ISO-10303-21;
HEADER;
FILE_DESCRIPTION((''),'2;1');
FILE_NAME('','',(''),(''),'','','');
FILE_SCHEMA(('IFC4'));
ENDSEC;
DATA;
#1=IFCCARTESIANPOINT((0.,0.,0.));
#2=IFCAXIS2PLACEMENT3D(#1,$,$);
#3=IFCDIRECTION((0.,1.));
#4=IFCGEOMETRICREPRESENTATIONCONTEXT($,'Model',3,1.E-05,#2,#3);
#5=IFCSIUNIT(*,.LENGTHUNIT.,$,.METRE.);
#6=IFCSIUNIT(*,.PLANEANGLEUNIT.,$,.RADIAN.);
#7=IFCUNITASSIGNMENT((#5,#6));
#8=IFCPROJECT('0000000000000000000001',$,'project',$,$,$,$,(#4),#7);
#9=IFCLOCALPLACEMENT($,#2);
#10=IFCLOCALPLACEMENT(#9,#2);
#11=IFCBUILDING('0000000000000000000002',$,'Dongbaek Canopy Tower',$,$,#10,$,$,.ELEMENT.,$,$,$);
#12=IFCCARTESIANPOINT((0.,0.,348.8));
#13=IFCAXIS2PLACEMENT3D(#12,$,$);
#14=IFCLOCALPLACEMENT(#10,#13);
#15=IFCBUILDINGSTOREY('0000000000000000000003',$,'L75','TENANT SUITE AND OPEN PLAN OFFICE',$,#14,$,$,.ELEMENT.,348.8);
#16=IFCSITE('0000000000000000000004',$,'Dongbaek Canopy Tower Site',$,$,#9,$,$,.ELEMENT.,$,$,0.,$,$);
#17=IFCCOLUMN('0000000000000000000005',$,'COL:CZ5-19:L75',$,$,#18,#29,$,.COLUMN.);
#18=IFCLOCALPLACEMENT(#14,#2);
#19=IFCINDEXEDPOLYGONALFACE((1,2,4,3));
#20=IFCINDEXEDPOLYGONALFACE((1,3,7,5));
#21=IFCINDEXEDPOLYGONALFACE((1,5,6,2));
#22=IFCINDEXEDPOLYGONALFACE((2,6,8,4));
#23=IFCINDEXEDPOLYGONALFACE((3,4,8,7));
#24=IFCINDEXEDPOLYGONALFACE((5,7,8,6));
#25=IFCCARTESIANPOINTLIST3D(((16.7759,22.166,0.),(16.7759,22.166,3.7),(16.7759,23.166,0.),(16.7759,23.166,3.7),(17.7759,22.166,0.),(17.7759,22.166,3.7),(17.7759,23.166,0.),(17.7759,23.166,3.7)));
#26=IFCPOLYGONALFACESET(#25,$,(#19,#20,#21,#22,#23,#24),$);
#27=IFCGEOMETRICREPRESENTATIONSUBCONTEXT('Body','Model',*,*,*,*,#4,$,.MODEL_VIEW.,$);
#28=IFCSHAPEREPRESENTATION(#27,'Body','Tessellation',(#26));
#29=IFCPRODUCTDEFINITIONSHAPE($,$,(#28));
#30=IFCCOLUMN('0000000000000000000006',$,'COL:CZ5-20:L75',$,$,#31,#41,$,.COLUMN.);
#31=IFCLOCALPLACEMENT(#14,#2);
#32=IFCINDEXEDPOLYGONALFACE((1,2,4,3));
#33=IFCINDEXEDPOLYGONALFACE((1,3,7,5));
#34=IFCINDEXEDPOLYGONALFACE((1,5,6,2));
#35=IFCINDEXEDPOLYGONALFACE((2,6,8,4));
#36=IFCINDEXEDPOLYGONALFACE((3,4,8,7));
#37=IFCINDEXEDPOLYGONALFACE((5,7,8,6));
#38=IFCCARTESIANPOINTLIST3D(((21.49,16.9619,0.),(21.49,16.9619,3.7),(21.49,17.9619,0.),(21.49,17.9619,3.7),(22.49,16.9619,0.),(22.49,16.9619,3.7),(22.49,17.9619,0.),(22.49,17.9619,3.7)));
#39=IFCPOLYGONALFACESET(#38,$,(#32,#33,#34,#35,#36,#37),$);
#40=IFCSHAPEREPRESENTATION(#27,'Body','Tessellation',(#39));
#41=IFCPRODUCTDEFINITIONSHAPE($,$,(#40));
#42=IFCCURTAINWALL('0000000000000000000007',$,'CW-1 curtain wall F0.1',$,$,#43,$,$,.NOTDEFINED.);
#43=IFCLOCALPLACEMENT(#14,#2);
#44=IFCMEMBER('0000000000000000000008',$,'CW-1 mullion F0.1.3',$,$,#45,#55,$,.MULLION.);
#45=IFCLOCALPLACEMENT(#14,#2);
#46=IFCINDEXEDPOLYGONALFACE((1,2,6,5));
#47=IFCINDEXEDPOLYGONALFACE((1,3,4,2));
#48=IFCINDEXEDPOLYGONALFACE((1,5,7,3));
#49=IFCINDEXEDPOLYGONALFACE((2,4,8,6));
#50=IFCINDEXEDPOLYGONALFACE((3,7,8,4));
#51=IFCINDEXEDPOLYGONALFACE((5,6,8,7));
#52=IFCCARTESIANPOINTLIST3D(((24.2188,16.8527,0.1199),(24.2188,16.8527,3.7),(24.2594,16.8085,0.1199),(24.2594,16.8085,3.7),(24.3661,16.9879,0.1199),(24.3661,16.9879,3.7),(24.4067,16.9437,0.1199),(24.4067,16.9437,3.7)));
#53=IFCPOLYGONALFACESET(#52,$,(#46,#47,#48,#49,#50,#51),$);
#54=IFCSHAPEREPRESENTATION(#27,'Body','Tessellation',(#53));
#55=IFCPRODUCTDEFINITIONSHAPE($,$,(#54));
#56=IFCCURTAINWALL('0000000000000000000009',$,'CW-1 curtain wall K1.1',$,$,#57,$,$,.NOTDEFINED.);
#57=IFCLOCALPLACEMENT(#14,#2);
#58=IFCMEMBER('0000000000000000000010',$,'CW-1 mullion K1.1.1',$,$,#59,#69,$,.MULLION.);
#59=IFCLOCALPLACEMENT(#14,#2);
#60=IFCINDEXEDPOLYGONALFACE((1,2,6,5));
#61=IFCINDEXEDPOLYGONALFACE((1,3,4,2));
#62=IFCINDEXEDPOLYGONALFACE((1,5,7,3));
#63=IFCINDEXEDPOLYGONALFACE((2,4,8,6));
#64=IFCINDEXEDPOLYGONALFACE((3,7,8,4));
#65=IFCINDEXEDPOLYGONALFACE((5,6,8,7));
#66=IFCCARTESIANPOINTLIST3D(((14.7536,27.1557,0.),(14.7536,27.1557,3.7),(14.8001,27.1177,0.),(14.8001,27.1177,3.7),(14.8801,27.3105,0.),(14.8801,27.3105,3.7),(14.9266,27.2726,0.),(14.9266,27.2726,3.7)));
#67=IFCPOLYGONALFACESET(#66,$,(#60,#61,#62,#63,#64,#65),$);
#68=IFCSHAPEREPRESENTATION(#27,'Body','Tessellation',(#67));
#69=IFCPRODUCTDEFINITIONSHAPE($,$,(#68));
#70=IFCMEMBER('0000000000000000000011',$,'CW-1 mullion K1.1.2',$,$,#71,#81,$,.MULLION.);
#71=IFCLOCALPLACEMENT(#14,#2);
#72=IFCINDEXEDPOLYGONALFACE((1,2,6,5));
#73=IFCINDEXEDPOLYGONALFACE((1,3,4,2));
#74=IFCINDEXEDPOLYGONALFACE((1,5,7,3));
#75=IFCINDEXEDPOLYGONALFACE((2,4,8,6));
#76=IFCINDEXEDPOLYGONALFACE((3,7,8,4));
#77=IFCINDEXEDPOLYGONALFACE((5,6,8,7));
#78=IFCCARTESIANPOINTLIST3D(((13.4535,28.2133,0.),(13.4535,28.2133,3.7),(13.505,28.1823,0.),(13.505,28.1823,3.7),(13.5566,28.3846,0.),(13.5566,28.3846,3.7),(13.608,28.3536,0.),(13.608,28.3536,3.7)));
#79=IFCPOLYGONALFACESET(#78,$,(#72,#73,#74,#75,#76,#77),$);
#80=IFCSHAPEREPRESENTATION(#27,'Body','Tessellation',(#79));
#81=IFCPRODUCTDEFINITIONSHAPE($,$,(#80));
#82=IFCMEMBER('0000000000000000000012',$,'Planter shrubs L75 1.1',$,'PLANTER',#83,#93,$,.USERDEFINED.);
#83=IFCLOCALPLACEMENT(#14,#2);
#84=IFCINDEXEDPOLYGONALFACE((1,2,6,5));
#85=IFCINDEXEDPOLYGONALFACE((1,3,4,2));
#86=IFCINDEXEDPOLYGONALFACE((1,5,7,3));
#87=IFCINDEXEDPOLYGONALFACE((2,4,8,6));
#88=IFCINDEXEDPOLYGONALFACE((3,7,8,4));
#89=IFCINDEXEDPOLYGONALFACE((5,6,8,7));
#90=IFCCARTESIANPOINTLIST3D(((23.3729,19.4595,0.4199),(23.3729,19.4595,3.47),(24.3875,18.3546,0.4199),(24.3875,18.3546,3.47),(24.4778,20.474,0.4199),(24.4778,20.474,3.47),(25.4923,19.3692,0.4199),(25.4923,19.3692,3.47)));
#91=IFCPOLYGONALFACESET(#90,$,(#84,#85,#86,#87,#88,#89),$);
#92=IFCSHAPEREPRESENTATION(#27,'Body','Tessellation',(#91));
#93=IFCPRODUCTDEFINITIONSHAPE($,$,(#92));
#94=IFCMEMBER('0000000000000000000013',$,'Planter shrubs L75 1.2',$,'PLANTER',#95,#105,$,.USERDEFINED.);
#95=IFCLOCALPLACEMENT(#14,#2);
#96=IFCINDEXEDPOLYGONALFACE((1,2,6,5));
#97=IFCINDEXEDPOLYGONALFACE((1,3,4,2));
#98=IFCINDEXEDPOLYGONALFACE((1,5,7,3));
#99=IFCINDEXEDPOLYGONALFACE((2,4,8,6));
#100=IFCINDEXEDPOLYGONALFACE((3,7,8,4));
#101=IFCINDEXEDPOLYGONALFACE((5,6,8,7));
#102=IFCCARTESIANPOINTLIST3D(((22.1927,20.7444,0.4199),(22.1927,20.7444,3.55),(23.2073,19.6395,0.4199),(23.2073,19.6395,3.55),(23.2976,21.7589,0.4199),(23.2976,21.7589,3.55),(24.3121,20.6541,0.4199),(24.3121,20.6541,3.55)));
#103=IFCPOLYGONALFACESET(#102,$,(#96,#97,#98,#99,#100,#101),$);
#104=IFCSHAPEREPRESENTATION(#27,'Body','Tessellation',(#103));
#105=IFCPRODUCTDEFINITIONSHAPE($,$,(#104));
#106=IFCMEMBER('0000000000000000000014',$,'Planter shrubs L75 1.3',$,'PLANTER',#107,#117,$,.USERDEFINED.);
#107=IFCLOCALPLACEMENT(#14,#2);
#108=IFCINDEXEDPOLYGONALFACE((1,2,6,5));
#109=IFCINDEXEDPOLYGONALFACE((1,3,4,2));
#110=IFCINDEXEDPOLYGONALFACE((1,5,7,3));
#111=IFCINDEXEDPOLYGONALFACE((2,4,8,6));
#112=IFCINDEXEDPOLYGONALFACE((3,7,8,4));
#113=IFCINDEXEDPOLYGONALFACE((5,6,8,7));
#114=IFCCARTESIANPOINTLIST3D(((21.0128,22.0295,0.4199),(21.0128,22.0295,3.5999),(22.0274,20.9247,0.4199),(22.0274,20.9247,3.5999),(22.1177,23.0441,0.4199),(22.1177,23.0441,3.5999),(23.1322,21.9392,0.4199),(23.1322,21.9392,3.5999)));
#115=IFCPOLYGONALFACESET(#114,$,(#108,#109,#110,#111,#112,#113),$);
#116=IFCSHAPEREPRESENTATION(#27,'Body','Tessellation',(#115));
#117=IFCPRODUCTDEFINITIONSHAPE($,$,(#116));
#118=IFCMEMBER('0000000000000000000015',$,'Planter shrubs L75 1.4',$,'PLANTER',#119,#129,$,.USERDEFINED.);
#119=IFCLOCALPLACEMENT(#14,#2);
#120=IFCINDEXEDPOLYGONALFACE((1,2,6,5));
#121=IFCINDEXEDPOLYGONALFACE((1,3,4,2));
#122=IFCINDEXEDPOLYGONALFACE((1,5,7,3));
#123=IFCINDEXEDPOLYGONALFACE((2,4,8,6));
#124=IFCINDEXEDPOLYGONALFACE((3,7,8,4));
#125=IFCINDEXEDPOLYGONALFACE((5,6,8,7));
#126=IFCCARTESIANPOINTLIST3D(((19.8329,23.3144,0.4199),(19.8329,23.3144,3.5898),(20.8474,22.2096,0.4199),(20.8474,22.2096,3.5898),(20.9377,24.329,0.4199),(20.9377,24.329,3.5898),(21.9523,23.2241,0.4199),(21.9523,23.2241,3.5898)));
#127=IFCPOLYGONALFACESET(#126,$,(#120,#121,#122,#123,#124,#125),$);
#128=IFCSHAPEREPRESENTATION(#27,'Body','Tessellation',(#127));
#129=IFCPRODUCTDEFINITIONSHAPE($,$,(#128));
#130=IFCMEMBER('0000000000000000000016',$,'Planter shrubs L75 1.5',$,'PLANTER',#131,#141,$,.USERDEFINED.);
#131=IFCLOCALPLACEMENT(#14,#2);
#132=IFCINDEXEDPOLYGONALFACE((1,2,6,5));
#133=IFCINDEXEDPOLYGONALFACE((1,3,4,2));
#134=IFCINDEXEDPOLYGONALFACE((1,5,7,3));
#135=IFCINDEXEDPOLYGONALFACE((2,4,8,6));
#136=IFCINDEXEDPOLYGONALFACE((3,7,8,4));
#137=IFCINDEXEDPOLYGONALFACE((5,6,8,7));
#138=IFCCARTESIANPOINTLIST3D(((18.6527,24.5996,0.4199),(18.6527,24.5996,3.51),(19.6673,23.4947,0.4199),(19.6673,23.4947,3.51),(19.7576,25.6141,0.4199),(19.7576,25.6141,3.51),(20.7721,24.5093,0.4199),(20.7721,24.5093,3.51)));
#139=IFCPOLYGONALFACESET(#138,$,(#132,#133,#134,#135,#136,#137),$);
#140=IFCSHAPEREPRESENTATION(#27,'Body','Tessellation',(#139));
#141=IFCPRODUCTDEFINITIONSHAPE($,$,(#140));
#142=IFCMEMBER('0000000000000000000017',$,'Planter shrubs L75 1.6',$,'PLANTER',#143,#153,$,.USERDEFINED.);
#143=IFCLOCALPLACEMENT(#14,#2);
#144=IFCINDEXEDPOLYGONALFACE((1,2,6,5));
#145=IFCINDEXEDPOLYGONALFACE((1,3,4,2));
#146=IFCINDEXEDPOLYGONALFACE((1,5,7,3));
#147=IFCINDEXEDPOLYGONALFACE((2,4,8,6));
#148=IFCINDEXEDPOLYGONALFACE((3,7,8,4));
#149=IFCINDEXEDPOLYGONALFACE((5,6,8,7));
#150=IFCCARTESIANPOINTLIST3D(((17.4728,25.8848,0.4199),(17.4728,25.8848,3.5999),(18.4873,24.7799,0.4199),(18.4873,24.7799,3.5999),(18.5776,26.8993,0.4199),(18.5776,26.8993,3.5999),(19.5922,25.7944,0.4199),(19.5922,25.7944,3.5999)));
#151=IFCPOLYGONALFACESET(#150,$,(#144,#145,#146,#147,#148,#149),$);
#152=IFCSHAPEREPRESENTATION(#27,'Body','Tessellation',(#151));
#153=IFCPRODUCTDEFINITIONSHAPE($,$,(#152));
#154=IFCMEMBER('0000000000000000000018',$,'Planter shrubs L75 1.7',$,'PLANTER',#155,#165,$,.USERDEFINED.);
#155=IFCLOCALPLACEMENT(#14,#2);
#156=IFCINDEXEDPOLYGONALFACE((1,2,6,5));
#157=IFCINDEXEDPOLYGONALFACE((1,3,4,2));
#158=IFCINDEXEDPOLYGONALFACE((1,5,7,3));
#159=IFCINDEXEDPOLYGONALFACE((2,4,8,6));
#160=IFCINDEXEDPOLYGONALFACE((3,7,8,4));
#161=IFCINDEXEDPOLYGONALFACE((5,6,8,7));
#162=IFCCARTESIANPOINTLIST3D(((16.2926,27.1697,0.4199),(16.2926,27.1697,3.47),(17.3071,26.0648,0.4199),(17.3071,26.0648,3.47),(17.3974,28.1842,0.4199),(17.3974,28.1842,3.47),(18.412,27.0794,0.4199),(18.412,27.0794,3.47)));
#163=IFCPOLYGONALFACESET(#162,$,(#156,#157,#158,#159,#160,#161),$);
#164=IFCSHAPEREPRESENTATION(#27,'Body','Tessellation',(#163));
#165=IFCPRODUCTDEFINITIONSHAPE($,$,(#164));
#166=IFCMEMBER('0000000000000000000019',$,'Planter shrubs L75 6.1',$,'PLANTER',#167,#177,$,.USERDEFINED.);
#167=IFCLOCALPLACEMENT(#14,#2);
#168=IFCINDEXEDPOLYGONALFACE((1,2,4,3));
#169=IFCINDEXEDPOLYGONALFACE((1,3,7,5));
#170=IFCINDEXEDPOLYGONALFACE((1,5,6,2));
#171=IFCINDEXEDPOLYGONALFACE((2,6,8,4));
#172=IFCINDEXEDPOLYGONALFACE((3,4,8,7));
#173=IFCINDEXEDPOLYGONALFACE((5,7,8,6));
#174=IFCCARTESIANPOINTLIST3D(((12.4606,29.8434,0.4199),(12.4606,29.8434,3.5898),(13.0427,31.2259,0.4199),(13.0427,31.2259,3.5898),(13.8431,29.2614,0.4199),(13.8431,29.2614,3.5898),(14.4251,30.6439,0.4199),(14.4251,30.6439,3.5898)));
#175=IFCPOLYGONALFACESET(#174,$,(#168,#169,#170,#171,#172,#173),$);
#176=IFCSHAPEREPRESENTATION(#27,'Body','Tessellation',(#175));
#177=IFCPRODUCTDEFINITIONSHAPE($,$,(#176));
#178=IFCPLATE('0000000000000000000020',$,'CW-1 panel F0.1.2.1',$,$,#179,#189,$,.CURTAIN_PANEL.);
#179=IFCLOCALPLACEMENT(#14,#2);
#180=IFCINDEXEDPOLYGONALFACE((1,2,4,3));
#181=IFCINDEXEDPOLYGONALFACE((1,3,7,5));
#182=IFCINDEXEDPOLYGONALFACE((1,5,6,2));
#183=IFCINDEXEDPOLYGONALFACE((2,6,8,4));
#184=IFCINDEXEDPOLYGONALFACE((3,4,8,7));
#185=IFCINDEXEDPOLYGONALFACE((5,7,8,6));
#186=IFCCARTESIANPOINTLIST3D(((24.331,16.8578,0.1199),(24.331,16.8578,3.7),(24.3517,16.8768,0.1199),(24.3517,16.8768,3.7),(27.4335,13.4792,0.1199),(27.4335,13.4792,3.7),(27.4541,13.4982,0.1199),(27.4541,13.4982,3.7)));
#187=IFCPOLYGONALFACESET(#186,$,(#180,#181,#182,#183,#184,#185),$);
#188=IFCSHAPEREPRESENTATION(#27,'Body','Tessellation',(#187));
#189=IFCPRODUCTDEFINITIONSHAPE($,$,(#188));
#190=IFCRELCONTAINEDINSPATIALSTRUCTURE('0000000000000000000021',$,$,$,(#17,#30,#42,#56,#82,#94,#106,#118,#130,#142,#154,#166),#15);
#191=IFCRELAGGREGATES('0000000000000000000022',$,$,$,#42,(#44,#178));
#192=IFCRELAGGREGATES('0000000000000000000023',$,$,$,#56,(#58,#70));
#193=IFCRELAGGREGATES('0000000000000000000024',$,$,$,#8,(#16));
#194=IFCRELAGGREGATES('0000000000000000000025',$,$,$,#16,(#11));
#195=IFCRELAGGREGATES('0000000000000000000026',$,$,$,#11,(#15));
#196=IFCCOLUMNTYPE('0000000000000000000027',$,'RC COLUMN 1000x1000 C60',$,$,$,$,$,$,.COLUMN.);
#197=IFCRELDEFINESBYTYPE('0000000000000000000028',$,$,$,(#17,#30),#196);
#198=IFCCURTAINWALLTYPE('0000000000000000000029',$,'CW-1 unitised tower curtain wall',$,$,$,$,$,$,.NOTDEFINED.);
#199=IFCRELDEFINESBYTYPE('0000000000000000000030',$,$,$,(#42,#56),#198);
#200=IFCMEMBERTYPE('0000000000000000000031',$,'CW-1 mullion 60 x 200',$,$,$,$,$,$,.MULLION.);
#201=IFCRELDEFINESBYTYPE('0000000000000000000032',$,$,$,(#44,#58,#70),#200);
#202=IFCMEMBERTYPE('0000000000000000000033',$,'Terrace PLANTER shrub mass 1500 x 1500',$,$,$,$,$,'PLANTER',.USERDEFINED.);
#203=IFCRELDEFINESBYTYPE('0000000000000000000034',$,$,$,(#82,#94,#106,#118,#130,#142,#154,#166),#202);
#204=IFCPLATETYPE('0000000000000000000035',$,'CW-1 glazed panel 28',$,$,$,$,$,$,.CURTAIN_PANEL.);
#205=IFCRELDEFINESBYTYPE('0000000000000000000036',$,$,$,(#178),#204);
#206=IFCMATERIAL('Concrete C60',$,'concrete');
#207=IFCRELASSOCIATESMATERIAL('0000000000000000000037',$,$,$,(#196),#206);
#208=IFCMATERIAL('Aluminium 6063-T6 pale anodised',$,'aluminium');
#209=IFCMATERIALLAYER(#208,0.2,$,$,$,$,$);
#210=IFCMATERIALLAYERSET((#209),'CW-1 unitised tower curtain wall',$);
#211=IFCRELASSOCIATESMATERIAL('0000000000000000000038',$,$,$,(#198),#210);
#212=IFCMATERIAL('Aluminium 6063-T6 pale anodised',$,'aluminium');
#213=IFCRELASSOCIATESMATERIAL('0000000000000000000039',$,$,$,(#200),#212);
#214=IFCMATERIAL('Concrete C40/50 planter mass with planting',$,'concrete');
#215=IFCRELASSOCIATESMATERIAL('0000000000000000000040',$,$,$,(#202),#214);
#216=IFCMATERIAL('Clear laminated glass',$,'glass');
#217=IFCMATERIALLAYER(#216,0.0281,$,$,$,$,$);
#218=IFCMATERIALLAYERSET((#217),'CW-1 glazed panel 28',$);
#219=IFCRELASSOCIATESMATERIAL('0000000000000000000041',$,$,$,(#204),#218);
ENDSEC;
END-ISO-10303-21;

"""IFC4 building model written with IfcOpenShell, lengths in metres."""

from ifc_helpers import new_model, si_unit, direction, frame, origin, origin_2d, place, context, subcontext, project, spatial, rectangle, extrude, material, layer, layer_set, material_profile, profile_set, type_object, element, aggregate, save


model = new_model("IFC4")

# Units and contexts
model_context = context("Model", 3, precision=1e-05, world=origin(), true_north=direction((0.0, 1.0)))
body_context = subcontext(model_context, "Body", "Model", "MODEL_VIEW")
ifc_project = project(units=[si_unit("LENGTHUNIT", "METRE"), si_unit("PLANEANGLEUNIT", "RADIAN")], contexts=[model_context])

# Site, building, storey
site_placement = place(None, origin())
site = spatial("IfcSite", under=ifc_project, at=site_placement, Name="Dongbaek Canopy Tower Site", CompositionType="ELEMENT", RefElevation=0.0)
building_placement = place(site_placement, origin())
building = spatial("IfcBuilding", under=site, at=building_placement, Name="Dongbaek Canopy Tower", CompositionType="ELEMENT")
storey_placement = place(building_placement, frame((0.0, 0.0, 348.8)))
storey = spatial("IfcBuildingStorey", under=building, at=storey_placement, Name="L75", Description="TENANT SUITE AND OPEN PLAN OFFICE", CompositionType="ELEMENT", Elevation=348.8)

# Columns
ifc_material_1 = material(Name="Concrete C60", Category="concrete")
ifc_material_profile_1 = material_profile(ifc_material_1, rectangle(XDim=1.0, YDim=1.0, at=origin_2d()), Name="RC COLUMN 1000x1000 C60")
ifc_profile_set_1 = profile_set([ifc_material_profile_1], Name="Concrete C60")
column_type = type_object("IfcColumnType", Name="RC COLUMN 1000x1000 C60", PredefinedType="COLUMN", material=ifc_profile_set_1)
for number, where, z_axis, x_axis, name in (
    (1, (17.2759, 22.666, 0.0), (0.0, 0.0, 1.0), (1.0, 0.0, 0.0), "COL:CZ5-19:L75"),
    (2, (21.99, 17.4619, 0.0), (0.0, 0.0, 1.0), (1.0, 0.0, 0.0), "COL:CZ5-20:L75"),
):
    element("IfcColumn", number, at=place(storey_placement, frame(where, z_axis=z_axis, x_axis=x_axis)), inside=storey, type_object=column_type, Name=name, PredefinedType="COLUMN", context=body_context, shape_type="SweptSolid", body=[
        extrude(rectangle(XDim=1.0, YDim=1.0, at=origin_2d()), origin(), (0.0, 0.0, 1.0), 3.7),
    ])

# Curtain wall, member
ifc_material_2 = material(Name="Aluminium 6063-T6 pale anodised", Category="aluminium")
ifc_layer_1 = layer(ifc_material_2, 0.2)
ifc_layer_set_1 = layer_set([ifc_layer_1], Name="CW-1 unitised tower curtain wall")
curtain_wall_type = type_object("IfcCurtainWallType", Name="CW-1 unitised tower curtain wall", PredefinedType="NOTDEFINED", material=ifc_layer_set_1)
curtain_wall_1_placement = place(storey_placement, origin())
curtain_wall_1 = element("IfcCurtainWall", 3, at=curtain_wall_1_placement, inside=storey, type_object=curtain_wall_type, Name="CW-1 curtain wall F0.1", PredefinedType="NOTDEFINED")
ifc_material_3 = material(Name="Aluminium 6063-T6 pale anodised", Category="aluminium")
ifc_material_profile_2 = material_profile(ifc_material_3, rectangle(XDim=0.2, YDim=0.0601, at=origin_2d()), Name="CW-1 mullion 60 x 200")
ifc_profile_set_2 = profile_set([ifc_material_profile_2], Name="Aluminium 6063-T6 pale anodised")
member_type_1 = type_object("IfcMemberType", Name="CW-1 mullion 60 x 200", PredefinedType="MULLION", material=ifc_profile_set_2)
member_1_placement = place(storey_placement, frame((24.3127, 16.8982, 0.1199), z_axis=(0.0, 0.0, 1.0), x_axis=(0.736567, 0.676365, 0.0)))
member_1 = element("IfcMember", 4, at=member_1_placement, type_object=member_type_1, Name="CW-1 mullion F0.1.3", PredefinedType="MULLION", context=body_context, shape_type="SweptSolid", body=[
    extrude(rectangle(XDim=0.2, YDim=0.0601, at=origin_2d()), origin(), (0.0, 0.0, 1.0), 3.5801),
])

# Curtain wall, members
curtain_wall_2_placement = place(storey_placement, origin())
curtain_wall_2 = element("IfcCurtainWall", 5, at=curtain_wall_2_placement, inside=storey, type_object=curtain_wall_type, Name="CW-1 curtain wall K1.1", PredefinedType="NOTDEFINED")
member_2_placement = place(storey_placement, frame((14.8401, 27.2141, 0.0), z_axis=(0.0, 0.0, 1.0), x_axis=(0.63253, 0.774536, 0.0)))
member_2 = element("IfcMember", 6, at=member_2_placement, type_object=member_type_1, Name="CW-1 mullion K1.1.1", PredefinedType="MULLION", context=body_context, shape_type="SweptSolid", body=[
    extrude(rectangle(XDim=0.2, YDim=0.0601, at=origin_2d()), origin(), (0.0, 0.0, 1.0), 3.7),
])
member_3_placement = place(storey_placement, frame((13.5308, 28.2834, 0.0), z_axis=(0.0, 0.0, 1.0), x_axis=(0.515551, 0.856859, 0.0)))
member_3 = element("IfcMember", 7, at=member_3_placement, type_object=member_type_1, Name="CW-1 mullion K1.1.2", PredefinedType="MULLION", context=body_context, shape_type="SweptSolid", body=[
    extrude(rectangle(XDim=0.2, YDim=0.0601, at=origin_2d()), origin(), (0.0, 0.0, 1.0), 3.7),
])

# Members
ifc_material_4 = material(Name="Concrete C40/50 planter mass with planting", Category="concrete")
ifc_material_profile_3 = material_profile(ifc_material_4, rectangle(XDim=1.5, YDim=1.5, at=origin_2d()), Name="Terrace PLANTER shrub mass 1500 x 1500")
ifc_profile_set_3 = profile_set([ifc_material_profile_3], Name="Concrete C40/50 planter mass with planting")
member_type_2 = type_object("IfcMemberType", Name="Terrace PLANTER shrub mass 1500 x 1500", ElementType="PLANTER", PredefinedType="USERDEFINED", material=ifc_profile_set_3)
member_4_placement = place(storey_placement, frame((24.4326, 19.4143, 0.4199), z_axis=(0.0, 0.0, 1.0), x_axis=(0.736567, 0.676365, 0.0)))
element("IfcMember", 8, at=member_4_placement, inside=storey, type_object=member_type_2, Name="Planter shrubs L75 1.1", ObjectType="PLANTER", PredefinedType="USERDEFINED", context=body_context, shape_type="SweptSolid", body=[
    extrude(rectangle(XDim=1.5, YDim=1.5, at=origin_2d()), origin(), (0.0, 0.0, 1.0), 3.05),
])
member_5_placement = place(storey_placement, frame((23.2524, 20.6992, 0.4199), z_axis=(0.0, 0.0, 1.0), x_axis=(0.736567, 0.676365, 0.0)))
element("IfcMember", 9, at=member_5_placement, inside=storey, type_object=member_type_2, Name="Planter shrubs L75 1.2", ObjectType="PLANTER", PredefinedType="USERDEFINED", context=body_context, shape_type="SweptSolid", body=[
    extrude(rectangle(XDim=1.5, YDim=1.5, at=origin_2d()), origin(), (0.0, 0.0, 1.0), 3.1301),
])
member_6_placement = place(storey_placement, frame((22.0725, 21.9844, 0.4199), z_axis=(0.0, 0.0, 1.0), x_axis=(0.736567, 0.676365, 0.0)))
element("IfcMember", 10, at=member_6_placement, inside=storey, type_object=member_type_2, Name="Planter shrubs L75 1.3", ObjectType="PLANTER", PredefinedType="USERDEFINED", context=body_context, shape_type="SweptSolid", body=[
    extrude(rectangle(XDim=1.5, YDim=1.5, at=origin_2d()), origin(), (0.0, 0.0, 1.0), 3.1799),
])
member_7_placement = place(storey_placement, frame((20.8926, 23.2693, 0.4199), z_axis=(0.0, 0.0, 1.0), x_axis=(0.736567, 0.676365, 0.0)))
element("IfcMember", 11, at=member_7_placement, inside=storey, type_object=member_type_2, Name="Planter shrubs L75 1.4", ObjectType="PLANTER", PredefinedType="USERDEFINED", context=body_context, shape_type="SweptSolid", body=[
    extrude(rectangle(XDim=1.5, YDim=1.5, at=origin_2d()), origin(), (0.0, 0.0, 1.0), 3.1699),
])
member_8_placement = place(storey_placement, frame((19.7124, 24.5544, 0.4199), z_axis=(0.0, 0.0, 1.0), x_axis=(0.736567, 0.676365, 0.0)))
element("IfcMember", 12, at=member_8_placement, inside=storey, type_object=member_type_2, Name="Planter shrubs L75 1.5", ObjectType="PLANTER", PredefinedType="USERDEFINED", context=body_context, shape_type="SweptSolid", body=[
    extrude(rectangle(XDim=1.5, YDim=1.5, at=origin_2d()), origin(), (0.0, 0.0, 1.0), 3.0901),
])
member_9_placement = place(storey_placement, frame((18.5325, 25.8396, 0.4199), z_axis=(0.0, 0.0, 1.0), x_axis=(0.736567, 0.676365, 0.0)))
element("IfcMember", 13, at=member_9_placement, inside=storey, type_object=member_type_2, Name="Planter shrubs L75 1.6", ObjectType="PLANTER", PredefinedType="USERDEFINED", context=body_context, shape_type="SweptSolid", body=[
    extrude(rectangle(XDim=1.5, YDim=1.5, at=origin_2d()), origin(), (0.0, 0.0, 1.0), 3.1799),
])
member_10_placement = place(storey_placement, frame((17.3523, 27.1245, 0.4199), z_axis=(0.0, 0.0, 1.0), x_axis=(0.736567, 0.676365, 0.0)))
element("IfcMember", 14, at=member_10_placement, inside=storey, type_object=member_type_2, Name="Planter shrubs L75 1.7", ObjectType="PLANTER", PredefinedType="USERDEFINED", context=body_context, shape_type="SweptSolid", body=[
    extrude(rectangle(XDim=1.5, YDim=1.5, at=origin_2d()), origin(), (0.0, 0.0, 1.0), 3.05),
])
member_11_placement = place(storey_placement, frame((13.4429, 30.2437, 0.4199), z_axis=(0.0, 0.0, 1.0), x_axis=(0.388023, 0.92165, 0.0)))
element("IfcMember", 15, at=member_11_placement, inside=storey, type_object=member_type_2, Name="Planter shrubs L75 6.1", ObjectType="PLANTER", PredefinedType="USERDEFINED", context=body_context, shape_type="SweptSolid", body=[
    extrude(rectangle(XDim=1.5, YDim=1.5, at=origin_2d()), origin(), (0.0, 0.0, 1.0), 3.1699),
])

# Plate
ifc_material_5 = material(Name="Clear laminated glass", Category="glass")
ifc_layer_2 = layer(ifc_material_5, 0.0281)
ifc_layer_set_2 = layer_set([ifc_layer_2], Name="CW-1 glazed panel 28")
plate_type = type_object("IfcPlateType", Name="CW-1 glazed panel 28", PredefinedType="CURTAIN_PANEL", material=ifc_layer_set_2)
plate_1_placement = place(storey_placement, frame((25.8926, 15.178, 0.1199), z_axis=(0.0, 0.0, 1.0), x_axis=(-0.676365, 0.736567, 0.0)))
plate_1 = element("IfcPlate", 16, at=plate_1_placement, type_object=plate_type, Name="CW-1 panel F0.1.2.1", PredefinedType="CURTAIN_PANEL", context=body_context, shape_type="SweptSolid", body=[
    extrude(rectangle(XDim=4.5869, YDim=0.0281, at=origin_2d()), origin(), (0.0, 0.0, 1.0), 3.5801),
])
aggregate(curtain_wall_1, [member_1, plate_1])
aggregate(curtain_wall_2, [member_2, member_3])

save(model, "model.ifc")
